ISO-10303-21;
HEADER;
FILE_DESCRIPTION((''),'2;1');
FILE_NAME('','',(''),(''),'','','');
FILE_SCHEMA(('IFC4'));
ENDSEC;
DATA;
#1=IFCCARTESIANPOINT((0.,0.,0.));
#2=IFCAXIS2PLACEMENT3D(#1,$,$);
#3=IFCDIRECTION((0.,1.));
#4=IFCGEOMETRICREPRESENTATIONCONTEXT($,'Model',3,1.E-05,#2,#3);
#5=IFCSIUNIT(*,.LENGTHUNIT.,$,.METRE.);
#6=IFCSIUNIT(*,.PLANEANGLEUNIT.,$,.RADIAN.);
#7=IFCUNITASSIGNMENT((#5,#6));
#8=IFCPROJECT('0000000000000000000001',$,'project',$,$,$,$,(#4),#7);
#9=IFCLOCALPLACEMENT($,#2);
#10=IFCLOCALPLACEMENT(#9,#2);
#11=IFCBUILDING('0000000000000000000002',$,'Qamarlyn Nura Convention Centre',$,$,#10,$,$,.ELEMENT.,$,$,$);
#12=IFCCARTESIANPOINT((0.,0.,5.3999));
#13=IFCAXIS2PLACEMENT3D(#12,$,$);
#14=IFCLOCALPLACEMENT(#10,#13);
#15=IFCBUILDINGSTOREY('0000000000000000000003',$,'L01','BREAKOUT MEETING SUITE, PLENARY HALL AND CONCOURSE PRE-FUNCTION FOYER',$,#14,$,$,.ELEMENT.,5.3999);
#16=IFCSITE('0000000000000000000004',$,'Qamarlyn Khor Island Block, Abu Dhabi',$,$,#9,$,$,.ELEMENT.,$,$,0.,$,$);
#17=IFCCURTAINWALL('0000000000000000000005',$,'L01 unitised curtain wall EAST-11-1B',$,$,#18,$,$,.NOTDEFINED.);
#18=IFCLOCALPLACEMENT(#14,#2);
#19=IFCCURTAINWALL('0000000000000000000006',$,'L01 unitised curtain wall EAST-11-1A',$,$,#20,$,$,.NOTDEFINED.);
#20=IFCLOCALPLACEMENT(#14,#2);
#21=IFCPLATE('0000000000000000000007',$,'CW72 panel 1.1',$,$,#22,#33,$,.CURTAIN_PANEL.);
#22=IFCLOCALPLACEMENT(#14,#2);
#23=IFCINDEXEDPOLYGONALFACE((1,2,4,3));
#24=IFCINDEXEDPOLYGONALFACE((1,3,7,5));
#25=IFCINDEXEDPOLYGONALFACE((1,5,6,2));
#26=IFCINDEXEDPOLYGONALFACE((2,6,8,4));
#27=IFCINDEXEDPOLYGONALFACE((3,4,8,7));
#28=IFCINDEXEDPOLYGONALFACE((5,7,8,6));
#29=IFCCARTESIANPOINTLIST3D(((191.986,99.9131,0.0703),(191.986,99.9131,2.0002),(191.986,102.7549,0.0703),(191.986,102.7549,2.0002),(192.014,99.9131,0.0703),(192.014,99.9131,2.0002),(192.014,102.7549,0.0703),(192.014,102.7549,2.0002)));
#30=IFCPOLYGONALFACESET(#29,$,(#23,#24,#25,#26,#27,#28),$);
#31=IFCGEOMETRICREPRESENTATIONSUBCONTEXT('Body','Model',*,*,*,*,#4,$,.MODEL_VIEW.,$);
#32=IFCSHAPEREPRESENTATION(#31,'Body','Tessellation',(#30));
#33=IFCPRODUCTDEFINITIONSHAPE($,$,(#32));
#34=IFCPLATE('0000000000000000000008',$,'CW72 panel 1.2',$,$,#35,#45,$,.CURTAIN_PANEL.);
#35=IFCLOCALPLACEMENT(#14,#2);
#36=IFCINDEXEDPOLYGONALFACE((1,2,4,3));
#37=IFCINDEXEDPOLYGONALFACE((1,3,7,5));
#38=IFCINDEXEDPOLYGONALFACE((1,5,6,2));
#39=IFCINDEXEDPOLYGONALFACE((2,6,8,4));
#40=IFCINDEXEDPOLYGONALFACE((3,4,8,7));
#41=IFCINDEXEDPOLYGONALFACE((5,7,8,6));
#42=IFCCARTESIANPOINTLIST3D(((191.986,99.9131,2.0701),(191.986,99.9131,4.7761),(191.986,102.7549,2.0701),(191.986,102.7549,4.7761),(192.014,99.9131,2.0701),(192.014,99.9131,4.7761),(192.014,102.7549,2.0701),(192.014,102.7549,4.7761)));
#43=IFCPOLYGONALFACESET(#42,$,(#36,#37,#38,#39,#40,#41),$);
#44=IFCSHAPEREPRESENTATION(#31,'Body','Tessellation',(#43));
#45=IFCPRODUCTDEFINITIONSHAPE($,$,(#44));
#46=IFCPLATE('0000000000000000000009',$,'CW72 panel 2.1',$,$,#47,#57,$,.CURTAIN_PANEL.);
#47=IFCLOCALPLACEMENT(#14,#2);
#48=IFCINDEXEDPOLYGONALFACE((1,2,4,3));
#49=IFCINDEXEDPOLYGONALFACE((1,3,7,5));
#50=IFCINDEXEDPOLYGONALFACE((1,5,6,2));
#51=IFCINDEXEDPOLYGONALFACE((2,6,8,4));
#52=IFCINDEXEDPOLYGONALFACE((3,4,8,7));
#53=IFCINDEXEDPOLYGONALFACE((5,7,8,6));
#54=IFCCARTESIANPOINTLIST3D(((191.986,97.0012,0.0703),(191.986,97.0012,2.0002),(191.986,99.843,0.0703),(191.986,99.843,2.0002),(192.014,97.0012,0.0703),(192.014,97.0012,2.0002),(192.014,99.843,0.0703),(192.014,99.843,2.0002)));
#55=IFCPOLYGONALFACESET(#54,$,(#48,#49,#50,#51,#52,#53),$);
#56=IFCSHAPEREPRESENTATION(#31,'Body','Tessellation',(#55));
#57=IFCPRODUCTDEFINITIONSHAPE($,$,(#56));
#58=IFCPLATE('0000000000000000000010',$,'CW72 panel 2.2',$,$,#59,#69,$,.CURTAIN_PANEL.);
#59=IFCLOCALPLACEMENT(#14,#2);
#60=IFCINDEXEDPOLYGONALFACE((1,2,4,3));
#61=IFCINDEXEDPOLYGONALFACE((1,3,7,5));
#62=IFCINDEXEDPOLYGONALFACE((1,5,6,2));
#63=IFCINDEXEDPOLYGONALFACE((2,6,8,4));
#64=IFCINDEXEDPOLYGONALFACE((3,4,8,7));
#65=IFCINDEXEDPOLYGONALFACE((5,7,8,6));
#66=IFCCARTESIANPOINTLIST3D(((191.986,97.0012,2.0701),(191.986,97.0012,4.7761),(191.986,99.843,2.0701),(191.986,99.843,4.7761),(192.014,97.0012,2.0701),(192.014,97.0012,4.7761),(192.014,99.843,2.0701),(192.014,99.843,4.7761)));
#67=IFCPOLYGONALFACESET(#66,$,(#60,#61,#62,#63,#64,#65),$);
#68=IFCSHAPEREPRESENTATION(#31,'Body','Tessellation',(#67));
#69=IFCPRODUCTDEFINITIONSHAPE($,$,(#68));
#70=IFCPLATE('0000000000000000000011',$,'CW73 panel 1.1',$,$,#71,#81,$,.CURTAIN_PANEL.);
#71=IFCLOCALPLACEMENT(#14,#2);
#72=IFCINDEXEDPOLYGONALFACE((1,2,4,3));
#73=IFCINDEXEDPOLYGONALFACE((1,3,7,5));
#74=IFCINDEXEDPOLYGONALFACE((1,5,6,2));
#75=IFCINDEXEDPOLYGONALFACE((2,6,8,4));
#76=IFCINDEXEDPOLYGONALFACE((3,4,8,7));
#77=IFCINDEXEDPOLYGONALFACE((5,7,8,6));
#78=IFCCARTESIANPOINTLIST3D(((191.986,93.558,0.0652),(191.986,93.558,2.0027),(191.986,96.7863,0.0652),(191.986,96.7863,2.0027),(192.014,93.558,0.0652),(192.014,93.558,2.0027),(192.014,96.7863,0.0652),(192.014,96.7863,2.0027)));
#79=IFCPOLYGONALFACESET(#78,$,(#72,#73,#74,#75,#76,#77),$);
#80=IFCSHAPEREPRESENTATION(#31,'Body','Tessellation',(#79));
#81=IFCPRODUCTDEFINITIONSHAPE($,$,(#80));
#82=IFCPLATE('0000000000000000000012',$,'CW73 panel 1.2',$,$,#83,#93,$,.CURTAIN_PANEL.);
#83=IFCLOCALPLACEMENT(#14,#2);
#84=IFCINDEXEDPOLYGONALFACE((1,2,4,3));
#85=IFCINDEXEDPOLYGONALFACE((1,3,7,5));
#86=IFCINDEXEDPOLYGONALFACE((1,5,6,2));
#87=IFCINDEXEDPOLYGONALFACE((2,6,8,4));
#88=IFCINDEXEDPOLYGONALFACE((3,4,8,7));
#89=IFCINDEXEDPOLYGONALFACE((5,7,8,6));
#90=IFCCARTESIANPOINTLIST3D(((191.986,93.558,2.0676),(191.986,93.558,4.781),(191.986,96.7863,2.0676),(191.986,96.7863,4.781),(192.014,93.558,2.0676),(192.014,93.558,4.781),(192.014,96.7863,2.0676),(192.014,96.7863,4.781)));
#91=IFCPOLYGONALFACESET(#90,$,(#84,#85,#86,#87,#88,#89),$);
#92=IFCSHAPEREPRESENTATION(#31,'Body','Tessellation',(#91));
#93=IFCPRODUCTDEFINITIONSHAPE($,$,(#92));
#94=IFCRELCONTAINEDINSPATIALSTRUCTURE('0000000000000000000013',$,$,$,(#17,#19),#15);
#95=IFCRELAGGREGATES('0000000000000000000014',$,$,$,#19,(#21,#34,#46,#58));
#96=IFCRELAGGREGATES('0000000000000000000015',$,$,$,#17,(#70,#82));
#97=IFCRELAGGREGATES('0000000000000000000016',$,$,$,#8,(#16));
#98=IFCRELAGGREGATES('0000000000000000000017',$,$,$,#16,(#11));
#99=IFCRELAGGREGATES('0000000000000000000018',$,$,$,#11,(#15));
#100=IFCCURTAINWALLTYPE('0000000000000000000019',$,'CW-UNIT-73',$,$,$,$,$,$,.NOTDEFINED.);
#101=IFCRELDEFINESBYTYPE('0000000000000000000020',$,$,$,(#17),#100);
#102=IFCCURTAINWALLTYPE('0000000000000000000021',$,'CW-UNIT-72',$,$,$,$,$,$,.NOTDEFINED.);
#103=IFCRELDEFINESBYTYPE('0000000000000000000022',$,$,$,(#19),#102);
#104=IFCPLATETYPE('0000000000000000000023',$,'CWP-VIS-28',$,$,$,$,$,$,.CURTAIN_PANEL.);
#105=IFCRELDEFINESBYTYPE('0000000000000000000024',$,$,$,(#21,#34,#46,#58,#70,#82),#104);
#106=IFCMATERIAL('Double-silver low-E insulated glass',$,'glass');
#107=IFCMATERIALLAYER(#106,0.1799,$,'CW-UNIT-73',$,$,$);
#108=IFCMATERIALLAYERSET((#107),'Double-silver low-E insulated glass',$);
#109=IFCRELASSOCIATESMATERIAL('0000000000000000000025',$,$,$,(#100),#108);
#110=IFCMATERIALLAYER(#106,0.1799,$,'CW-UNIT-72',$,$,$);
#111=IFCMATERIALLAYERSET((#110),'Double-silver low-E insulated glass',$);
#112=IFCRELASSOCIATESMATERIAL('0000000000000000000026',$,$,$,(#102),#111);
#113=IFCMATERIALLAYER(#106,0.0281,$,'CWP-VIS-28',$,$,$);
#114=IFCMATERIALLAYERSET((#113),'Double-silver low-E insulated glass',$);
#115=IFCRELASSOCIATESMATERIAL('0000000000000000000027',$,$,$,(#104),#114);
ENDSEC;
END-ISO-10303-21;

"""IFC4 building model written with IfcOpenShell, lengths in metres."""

from ifc_helpers import new_model, si_unit, direction, frame, origin, origin_2d, place, context, subcontext, project, spatial, rectangle, extrude, material, layer, layer_set, type_object, element, aggregate, save


model = new_model("IFC4")

# Units and contexts
model_context = context("Model", 3, precision=1e-05, world=origin(), true_north=direction((0.0, 1.0)))
body_context = subcontext(model_context, "Body", "Model", "MODEL_VIEW")
ifc_project = project(units=[si_unit("LENGTHUNIT", "METRE"), si_unit("PLANEANGLEUNIT", "RADIAN")], contexts=[model_context])

# Site, building, storey
site_placement = place(None, origin())
site = spatial("IfcSite", under=ifc_project, at=site_placement, Name="Qamarlyn Khor Island Block, Abu Dhabi", CompositionType="ELEMENT", RefElevation=0.0)
building_placement = place(site_placement, origin())
building = spatial("IfcBuilding", under=site, at=building_placement, Name="Qamarlyn Nura Convention Centre", CompositionType="ELEMENT")
storey_placement = place(building_placement, frame((0.0, 0.0, 5.3999)))
storey = spatial("IfcBuildingStorey", under=building, at=storey_placement, Name="L01", Description="BREAKOUT MEETING SUITE, PLENARY HALL AND CONCOURSE PRE-FUNCTION FOYER", CompositionType="ELEMENT", Elevation=5.3999)

# Curtain walls
ifc_material_1 = material(Name="Double-silver low-E insulated glass", Category="glass")
ifc_layer_1 = layer(ifc_material_1, 0.1799, Name="CW-UNIT-73")
ifc_layer_set_1 = layer_set([ifc_layer_1], Name="Double-silver low-E insulated glass")
curtain_wall_type_1 = type_object("IfcCurtainWallType", Name="CW-UNIT-73", PredefinedType="NOTDEFINED", material=ifc_layer_set_1)
curtain_wall_1_placement = place(storey_placement, origin())
curtain_wall_1 = element("IfcCurtainWall", 1, at=curtain_wall_1_placement, inside=storey, type_object=curtain_wall_type_1, Name="L01 unitised curtain wall EAST-11-1B", PredefinedType="NOTDEFINED")
ifc_layer_2 = layer(ifc_material_1, 0.1799, Name="CW-UNIT-72")
ifc_layer_set_2 = layer_set([ifc_layer_2], Name="Double-silver low-E insulated glass")
curtain_wall_type_2 = type_object("IfcCurtainWallType", Name="CW-UNIT-72", PredefinedType="NOTDEFINED", material=ifc_layer_set_2)
curtain_wall_2_placement = place(storey_placement, origin())
curtain_wall_2 = element("IfcCurtainWall", 2, at=curtain_wall_2_placement, inside=storey, type_object=curtain_wall_type_2, Name="L01 unitised curtain wall EAST-11-1A", PredefinedType="NOTDEFINED")

# Plates
ifc_layer_3 = layer(ifc_material_1, 0.0281, Name="CWP-VIS-28")
ifc_layer_set_3 = layer_set([ifc_layer_3], Name="Double-silver low-E insulated glass")
plate_type = type_object("IfcPlateType", Name="CWP-VIS-28", PredefinedType="CURTAIN_PANEL", material=ifc_layer_set_3)
plate_1_placement = place(storey_placement, frame((192.0, 101.334, 0.0703), z_axis=(0.0, 0.0, 1.0), x_axis=(0.0, -1.0, 0.0)))
plate_1 = element("IfcPlate", 3, at=plate_1_placement, type_object=plate_type, Name="CW72 panel 1.1", PredefinedType="CURTAIN_PANEL", context=body_context, shape_type="SweptSolid", body=[
    extrude(rectangle(XDim=2.8418, YDim=0.0281, at=origin_2d()), origin(), (0.0, 0.0, 1.0), 1.9299),
])
plate_2_placement = place(storey_placement, frame((192.0, 101.334, 2.0701), z_axis=(0.0, 0.0, 1.0), x_axis=(0.0, -1.0, 0.0)))
plate_2 = element("IfcPlate", 4, at=plate_2_placement, type_object=plate_type, Name="CW72 panel 1.2", PredefinedType="CURTAIN_PANEL", context=body_context, shape_type="SweptSolid", body=[
    extrude(rectangle(XDim=2.8418, YDim=0.0281, at=origin_2d()), origin(), (0.0, 0.0, 1.0), 2.7061),
])
plate_3_placement = place(storey_placement, frame((192.0, 98.4221, 0.0703), z_axis=(0.0, 0.0, 1.0), x_axis=(0.0, -1.0, 0.0)))
plate_3 = element("IfcPlate", 5, at=plate_3_placement, type_object=plate_type, Name="CW72 panel 2.1", PredefinedType="CURTAIN_PANEL", context=body_context, shape_type="SweptSolid", body=[
    extrude(rectangle(XDim=2.8418, YDim=0.0281, at=origin_2d()), origin(), (0.0, 0.0, 1.0), 1.9299),
])
plate_4_placement = place(storey_placement, frame((192.0, 98.4221, 2.0701), z_axis=(0.0, 0.0, 1.0), x_axis=(0.0, -1.0, 0.0)))
plate_4 = element("IfcPlate", 6, at=plate_4_placement, type_object=plate_type, Name="CW72 panel 2.2", PredefinedType="CURTAIN_PANEL", context=body_context, shape_type="SweptSolid", body=[
    extrude(rectangle(XDim=2.8418, YDim=0.0281, at=origin_2d()), origin(), (0.0, 0.0, 1.0), 2.7061),
])
aggregate(curtain_wall_2, [plate_1, plate_2, plate_3, plate_4])
plate_5_placement = place(storey_placement, frame((192.0, 95.1721, 0.0652), z_axis=(0.0, 0.0, 1.0), x_axis=(0.0, -1.0, 0.0)))
plate_5 = element("IfcPlate", 7, at=plate_5_placement, type_object=plate_type, Name="CW73 panel 1.1", PredefinedType="CURTAIN_PANEL", context=body_context, shape_type="SweptSolid", body=[
    extrude(rectangle(XDim=3.2283, YDim=0.0281, at=origin_2d()), origin(), (0.0, 0.0, 1.0), 1.9375),
])
plate_6_placement = place(storey_placement, frame((192.0, 95.1721, 2.0676), z_axis=(0.0, 0.0, 1.0), x_axis=(0.0, -1.0, 0.0)))
plate_6 = element("IfcPlate", 8, at=plate_6_placement, type_object=plate_type, Name="CW73 panel 1.2", PredefinedType="CURTAIN_PANEL", context=body_context, shape_type="SweptSolid", body=[
    extrude(rectangle(XDim=3.2283, YDim=0.0281, at=origin_2d()), origin(), (0.0, 0.0, 1.0), 2.7134),
])
aggregate(curtain_wall_1, [plate_5, plate_6])

save(model, "model.ifc")
